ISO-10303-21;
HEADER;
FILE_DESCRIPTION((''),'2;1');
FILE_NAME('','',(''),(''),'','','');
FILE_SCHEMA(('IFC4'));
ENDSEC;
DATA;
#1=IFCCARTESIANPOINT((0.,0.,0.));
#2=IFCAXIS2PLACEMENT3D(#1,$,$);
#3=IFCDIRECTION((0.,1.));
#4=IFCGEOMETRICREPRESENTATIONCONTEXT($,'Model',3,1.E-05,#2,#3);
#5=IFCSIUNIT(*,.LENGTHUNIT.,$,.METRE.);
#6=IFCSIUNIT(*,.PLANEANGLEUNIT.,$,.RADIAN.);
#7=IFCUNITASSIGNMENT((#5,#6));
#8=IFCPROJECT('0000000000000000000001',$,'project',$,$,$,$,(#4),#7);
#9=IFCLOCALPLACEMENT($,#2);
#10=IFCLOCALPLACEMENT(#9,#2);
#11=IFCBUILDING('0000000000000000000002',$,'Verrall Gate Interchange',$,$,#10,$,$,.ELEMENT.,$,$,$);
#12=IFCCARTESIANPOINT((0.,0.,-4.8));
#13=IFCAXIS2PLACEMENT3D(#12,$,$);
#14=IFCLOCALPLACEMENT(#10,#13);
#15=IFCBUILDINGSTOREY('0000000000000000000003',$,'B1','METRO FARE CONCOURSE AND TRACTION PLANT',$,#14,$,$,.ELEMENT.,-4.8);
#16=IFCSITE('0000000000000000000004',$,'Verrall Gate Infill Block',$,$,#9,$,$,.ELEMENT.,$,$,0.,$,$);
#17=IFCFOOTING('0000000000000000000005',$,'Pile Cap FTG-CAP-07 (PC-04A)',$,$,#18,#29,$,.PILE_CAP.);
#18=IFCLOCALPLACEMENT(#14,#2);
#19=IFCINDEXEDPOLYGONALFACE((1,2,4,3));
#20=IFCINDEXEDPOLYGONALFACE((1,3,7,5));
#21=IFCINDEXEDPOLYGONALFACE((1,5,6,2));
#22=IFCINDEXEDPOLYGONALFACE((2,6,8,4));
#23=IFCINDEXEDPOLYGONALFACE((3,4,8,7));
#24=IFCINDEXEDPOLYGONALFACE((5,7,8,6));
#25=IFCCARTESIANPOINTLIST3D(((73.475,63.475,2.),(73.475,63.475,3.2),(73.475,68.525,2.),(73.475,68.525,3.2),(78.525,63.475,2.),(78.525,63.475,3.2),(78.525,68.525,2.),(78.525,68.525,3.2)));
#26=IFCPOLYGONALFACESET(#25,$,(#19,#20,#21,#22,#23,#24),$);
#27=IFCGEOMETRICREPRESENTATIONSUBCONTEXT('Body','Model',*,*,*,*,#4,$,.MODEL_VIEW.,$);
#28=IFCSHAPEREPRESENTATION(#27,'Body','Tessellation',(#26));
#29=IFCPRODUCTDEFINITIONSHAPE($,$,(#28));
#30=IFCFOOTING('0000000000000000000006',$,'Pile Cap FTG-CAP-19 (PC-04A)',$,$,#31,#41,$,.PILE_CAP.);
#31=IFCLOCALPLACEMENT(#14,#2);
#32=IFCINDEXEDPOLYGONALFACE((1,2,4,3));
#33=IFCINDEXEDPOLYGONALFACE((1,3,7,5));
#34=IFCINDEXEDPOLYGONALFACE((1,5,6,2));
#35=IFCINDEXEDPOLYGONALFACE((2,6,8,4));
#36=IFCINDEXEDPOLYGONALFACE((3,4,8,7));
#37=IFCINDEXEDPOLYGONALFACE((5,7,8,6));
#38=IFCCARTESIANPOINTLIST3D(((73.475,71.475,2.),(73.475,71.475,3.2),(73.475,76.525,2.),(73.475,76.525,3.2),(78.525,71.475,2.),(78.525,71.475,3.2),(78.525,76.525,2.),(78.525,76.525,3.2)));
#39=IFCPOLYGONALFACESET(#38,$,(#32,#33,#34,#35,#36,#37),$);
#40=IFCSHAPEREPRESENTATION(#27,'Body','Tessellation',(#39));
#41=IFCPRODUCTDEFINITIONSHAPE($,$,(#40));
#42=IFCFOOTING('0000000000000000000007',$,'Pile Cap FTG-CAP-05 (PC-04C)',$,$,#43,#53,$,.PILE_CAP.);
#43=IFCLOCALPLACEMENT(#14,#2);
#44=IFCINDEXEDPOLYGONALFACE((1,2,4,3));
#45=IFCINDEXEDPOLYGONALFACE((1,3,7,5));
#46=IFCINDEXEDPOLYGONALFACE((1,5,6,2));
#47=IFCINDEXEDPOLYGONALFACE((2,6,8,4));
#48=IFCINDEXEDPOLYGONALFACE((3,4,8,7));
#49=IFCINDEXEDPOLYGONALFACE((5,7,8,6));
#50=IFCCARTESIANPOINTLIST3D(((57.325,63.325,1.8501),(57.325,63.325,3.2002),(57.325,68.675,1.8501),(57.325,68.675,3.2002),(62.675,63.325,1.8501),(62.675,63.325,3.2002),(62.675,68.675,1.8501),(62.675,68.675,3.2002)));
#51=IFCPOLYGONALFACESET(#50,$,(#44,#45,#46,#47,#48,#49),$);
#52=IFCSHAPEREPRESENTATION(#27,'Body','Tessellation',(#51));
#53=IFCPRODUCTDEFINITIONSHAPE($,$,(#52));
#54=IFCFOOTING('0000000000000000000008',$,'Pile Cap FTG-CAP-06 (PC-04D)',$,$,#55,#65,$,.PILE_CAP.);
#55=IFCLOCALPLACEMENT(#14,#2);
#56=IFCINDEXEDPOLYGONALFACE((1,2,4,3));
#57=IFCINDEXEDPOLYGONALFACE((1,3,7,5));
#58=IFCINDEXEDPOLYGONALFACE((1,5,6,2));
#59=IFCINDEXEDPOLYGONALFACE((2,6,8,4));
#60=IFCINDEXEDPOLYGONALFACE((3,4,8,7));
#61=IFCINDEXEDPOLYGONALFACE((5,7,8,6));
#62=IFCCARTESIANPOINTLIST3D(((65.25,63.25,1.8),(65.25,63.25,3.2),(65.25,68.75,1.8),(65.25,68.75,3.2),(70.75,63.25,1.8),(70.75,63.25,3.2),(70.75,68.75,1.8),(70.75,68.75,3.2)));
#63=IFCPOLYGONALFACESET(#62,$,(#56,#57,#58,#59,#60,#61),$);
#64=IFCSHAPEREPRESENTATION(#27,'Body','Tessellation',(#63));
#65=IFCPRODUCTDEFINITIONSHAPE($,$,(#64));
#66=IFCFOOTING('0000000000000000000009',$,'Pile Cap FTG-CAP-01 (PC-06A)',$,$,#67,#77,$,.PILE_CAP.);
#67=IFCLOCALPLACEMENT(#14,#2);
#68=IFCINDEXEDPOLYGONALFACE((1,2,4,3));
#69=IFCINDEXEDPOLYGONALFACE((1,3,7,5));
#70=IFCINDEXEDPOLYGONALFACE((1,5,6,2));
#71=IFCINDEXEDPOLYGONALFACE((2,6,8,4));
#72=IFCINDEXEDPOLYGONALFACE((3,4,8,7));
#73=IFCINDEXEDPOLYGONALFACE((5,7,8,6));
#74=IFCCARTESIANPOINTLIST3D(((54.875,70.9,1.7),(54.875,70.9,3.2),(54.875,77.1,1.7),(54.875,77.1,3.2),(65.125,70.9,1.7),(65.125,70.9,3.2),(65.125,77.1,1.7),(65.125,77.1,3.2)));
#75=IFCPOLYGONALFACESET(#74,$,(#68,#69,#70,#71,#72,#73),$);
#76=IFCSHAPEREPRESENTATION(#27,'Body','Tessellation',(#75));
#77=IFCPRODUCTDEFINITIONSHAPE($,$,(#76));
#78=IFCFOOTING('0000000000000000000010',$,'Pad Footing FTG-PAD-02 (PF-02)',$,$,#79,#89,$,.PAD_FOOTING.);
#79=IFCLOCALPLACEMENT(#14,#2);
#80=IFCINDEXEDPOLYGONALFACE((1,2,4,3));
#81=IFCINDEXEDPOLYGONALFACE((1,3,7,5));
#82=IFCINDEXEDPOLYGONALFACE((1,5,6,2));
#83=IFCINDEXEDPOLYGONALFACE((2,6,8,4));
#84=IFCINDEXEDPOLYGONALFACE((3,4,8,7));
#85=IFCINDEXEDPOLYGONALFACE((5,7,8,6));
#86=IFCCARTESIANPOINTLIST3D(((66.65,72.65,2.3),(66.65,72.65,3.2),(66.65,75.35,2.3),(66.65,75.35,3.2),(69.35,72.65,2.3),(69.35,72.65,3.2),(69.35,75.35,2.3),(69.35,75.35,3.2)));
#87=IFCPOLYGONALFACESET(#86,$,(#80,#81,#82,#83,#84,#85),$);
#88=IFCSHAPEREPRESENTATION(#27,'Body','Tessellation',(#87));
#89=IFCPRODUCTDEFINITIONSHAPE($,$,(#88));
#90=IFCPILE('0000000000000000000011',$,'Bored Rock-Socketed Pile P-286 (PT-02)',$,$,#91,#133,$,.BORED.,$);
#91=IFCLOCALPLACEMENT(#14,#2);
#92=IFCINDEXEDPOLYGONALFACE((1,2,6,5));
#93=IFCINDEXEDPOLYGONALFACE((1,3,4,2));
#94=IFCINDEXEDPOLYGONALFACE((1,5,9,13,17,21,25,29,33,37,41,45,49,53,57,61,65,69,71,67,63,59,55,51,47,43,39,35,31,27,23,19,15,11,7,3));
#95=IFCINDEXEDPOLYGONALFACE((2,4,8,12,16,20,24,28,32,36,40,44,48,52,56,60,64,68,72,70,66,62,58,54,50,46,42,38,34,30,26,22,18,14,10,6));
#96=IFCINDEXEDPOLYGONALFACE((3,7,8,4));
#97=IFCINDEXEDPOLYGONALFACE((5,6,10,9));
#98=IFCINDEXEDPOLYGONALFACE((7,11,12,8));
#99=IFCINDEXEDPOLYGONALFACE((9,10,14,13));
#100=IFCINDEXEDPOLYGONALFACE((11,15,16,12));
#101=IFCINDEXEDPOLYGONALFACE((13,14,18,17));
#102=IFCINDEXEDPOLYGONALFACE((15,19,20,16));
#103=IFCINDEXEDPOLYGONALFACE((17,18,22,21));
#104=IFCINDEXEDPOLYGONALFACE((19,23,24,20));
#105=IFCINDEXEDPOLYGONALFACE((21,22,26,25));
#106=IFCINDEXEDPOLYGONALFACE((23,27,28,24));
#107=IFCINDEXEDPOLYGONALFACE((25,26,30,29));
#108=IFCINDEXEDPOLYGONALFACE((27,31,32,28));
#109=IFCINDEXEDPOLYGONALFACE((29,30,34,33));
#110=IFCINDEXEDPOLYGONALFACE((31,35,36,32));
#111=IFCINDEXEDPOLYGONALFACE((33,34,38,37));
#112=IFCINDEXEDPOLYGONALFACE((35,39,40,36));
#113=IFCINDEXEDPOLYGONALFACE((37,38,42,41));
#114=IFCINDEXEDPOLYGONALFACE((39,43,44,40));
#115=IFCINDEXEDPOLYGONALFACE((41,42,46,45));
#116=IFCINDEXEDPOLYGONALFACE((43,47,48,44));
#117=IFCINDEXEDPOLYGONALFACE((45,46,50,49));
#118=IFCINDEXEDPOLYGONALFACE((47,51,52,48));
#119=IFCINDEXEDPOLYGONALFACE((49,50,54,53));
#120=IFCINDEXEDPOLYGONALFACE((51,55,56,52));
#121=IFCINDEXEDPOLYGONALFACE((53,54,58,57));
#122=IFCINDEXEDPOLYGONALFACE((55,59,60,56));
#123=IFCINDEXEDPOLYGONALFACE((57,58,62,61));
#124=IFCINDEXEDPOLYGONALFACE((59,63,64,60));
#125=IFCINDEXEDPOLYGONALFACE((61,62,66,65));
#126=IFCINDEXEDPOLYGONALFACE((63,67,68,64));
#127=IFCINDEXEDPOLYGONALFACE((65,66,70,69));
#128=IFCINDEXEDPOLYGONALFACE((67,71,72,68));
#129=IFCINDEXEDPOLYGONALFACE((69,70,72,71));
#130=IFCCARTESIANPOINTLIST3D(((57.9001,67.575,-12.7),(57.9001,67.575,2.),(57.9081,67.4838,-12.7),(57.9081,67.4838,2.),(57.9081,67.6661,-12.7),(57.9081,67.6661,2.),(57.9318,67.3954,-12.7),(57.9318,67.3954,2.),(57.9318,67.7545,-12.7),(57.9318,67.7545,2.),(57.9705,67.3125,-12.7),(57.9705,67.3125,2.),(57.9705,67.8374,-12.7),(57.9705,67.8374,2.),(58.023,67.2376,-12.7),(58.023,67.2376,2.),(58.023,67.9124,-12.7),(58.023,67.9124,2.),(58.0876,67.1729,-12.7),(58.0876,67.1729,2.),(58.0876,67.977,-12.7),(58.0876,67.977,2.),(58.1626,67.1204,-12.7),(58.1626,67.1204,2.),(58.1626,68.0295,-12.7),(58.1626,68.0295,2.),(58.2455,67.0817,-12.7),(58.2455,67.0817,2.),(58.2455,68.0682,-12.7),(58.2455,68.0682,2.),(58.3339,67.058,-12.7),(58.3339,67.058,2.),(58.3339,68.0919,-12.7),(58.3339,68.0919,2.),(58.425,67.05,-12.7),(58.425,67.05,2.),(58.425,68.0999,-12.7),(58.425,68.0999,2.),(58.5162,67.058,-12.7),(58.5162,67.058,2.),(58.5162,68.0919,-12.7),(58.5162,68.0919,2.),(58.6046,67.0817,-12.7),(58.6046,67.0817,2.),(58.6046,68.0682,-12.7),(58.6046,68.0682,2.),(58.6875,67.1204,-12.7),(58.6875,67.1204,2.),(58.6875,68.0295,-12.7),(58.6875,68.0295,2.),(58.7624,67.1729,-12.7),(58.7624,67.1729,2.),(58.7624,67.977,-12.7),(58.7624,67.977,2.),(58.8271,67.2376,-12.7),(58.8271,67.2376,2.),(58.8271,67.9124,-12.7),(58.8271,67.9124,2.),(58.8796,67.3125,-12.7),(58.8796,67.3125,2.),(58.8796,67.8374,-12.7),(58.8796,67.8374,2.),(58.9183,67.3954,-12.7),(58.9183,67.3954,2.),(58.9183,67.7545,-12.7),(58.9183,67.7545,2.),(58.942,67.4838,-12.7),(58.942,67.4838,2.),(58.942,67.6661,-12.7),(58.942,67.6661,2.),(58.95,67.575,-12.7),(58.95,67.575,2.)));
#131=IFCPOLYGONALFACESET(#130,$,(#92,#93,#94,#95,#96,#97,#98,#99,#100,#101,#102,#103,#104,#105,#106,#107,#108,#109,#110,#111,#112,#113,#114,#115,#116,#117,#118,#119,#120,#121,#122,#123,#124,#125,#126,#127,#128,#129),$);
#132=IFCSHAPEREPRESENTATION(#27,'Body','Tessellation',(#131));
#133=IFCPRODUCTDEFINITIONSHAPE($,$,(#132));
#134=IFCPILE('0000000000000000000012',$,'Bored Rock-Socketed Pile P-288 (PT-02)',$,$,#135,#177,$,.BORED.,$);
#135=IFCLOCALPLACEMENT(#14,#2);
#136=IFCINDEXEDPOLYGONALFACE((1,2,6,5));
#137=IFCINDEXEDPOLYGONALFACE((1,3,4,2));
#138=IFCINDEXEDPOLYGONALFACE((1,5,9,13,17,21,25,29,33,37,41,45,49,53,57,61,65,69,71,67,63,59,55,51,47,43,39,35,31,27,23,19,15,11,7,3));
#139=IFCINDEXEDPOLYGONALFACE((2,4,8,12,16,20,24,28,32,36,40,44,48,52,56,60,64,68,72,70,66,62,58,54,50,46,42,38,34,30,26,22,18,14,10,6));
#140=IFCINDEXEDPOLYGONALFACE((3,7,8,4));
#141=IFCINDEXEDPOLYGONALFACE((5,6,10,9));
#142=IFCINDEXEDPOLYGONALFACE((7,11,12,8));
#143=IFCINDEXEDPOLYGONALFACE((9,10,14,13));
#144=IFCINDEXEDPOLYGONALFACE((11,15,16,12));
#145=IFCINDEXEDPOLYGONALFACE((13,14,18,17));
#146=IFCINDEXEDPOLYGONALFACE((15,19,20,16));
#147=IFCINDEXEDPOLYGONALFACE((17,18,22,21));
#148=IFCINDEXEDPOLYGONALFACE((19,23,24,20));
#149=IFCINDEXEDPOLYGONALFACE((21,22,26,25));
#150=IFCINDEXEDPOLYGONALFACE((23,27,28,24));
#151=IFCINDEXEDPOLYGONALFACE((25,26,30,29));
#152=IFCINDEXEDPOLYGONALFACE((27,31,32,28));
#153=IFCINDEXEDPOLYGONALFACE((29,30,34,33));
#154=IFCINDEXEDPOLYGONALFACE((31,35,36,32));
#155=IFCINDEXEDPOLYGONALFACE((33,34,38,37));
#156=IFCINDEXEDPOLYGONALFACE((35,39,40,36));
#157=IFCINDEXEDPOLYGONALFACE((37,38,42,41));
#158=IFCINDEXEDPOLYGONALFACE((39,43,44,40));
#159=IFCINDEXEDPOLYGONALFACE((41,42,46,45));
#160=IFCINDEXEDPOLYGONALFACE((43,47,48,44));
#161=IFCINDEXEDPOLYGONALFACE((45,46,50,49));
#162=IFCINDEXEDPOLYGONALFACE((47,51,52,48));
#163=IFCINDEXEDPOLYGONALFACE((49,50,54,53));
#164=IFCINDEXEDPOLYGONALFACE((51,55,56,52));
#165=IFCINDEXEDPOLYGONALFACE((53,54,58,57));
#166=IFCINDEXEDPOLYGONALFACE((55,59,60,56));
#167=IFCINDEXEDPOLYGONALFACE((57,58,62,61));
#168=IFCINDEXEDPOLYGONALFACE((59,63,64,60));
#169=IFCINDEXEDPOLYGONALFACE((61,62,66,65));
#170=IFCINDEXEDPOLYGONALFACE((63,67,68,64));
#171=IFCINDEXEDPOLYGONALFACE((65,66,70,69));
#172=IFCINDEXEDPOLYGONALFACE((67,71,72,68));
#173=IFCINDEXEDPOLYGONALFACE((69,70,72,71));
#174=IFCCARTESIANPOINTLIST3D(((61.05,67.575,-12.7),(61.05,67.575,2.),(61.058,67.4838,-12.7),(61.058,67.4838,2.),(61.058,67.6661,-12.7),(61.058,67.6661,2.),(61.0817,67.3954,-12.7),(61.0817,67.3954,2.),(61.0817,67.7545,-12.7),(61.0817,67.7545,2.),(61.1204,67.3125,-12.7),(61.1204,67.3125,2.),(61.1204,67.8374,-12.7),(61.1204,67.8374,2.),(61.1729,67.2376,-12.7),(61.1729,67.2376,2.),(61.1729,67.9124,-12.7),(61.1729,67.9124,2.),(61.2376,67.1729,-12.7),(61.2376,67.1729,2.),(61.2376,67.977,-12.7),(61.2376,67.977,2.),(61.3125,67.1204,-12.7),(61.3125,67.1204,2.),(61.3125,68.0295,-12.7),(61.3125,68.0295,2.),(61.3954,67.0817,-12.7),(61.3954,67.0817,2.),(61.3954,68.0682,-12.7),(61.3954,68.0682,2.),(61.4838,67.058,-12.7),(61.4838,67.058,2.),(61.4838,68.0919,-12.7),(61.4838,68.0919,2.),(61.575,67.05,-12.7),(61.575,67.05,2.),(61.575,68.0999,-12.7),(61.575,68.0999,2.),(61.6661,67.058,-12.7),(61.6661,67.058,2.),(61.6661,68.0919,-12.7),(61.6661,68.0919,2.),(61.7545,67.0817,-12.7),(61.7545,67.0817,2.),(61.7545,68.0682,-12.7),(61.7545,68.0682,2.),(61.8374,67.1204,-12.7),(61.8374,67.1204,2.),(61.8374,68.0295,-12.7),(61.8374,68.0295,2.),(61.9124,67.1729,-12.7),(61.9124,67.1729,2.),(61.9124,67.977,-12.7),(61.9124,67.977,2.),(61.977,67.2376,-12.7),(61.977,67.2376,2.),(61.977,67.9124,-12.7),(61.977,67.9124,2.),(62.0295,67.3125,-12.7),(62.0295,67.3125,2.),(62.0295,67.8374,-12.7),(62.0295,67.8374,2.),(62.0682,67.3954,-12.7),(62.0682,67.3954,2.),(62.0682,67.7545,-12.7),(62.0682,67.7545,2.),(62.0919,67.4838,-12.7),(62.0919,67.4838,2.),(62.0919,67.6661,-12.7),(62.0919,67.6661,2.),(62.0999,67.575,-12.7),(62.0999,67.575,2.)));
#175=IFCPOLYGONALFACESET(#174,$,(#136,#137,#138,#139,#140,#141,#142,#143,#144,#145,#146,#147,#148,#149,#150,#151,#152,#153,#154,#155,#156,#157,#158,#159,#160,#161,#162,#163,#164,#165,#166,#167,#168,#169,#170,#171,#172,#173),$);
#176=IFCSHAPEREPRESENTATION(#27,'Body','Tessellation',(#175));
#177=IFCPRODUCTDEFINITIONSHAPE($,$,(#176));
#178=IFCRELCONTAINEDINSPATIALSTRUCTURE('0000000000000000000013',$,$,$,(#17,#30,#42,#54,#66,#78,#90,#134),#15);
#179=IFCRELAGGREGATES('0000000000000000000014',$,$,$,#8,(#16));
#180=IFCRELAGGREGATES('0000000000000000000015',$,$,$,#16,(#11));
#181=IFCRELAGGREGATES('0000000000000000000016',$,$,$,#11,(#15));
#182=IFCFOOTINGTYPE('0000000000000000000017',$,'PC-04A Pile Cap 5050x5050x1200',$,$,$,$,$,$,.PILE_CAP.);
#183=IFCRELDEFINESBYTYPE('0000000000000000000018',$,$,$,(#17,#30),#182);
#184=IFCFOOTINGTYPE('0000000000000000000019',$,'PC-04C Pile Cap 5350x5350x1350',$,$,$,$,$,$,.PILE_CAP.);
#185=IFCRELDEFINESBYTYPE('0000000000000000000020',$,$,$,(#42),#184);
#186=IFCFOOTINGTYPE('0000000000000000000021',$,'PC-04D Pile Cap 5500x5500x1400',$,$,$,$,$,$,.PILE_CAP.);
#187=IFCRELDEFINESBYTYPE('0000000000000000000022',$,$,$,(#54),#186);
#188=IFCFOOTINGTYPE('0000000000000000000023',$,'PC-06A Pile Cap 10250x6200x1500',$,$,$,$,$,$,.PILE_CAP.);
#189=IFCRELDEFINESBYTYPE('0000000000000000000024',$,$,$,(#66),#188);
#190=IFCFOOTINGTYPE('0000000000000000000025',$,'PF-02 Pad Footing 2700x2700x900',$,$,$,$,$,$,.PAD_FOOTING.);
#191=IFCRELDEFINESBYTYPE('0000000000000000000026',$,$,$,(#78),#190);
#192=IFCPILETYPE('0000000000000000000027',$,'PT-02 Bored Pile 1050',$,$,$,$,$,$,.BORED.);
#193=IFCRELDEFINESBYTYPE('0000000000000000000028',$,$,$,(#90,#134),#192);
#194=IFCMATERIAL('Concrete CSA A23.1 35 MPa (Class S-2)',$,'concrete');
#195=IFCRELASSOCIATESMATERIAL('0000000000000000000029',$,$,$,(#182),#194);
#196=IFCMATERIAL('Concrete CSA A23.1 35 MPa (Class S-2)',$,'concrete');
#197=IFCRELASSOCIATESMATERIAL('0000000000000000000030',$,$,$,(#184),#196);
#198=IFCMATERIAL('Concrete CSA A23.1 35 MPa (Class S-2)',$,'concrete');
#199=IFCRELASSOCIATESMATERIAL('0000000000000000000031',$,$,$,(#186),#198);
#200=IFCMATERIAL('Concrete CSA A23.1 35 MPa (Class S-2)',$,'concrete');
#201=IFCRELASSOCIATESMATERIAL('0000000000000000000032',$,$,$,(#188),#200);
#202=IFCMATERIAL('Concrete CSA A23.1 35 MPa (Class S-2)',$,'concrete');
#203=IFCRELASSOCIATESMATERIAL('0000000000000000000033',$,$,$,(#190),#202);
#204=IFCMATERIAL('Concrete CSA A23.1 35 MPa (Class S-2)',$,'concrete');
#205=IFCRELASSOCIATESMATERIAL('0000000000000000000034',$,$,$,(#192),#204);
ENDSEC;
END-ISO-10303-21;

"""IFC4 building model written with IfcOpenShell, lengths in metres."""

from ifc_helpers import new_model, si_unit, direction, frame, origin, origin_2d, place, context, subcontext, project, spatial, rectangle, circle, extrude, material, material_profile, profile_set, type_object, element, save


model = new_model("IFC4")

# Units and contexts
model_context = context("Model", 3, precision=1e-05, world=origin(), true_north=direction((0.0, 1.0)))
body_context = subcontext(model_context, "Body", "Model", "MODEL_VIEW")
ifc_project = project(units=[si_unit("LENGTHUNIT", "METRE"), si_unit("PLANEANGLEUNIT", "RADIAN")], contexts=[model_context])

# Site, building, storey
site_placement = place(None, origin())
site = spatial("IfcSite", under=ifc_project, at=site_placement, Name="Verrall Gate Infill Block", CompositionType="ELEMENT", RefElevation=0.0)
building_placement = place(site_placement, origin())
building = spatial("IfcBuilding", under=site, at=building_placement, Name="Verrall Gate Interchange", CompositionType="ELEMENT")
storey_placement = place(building_placement, frame((0.0, 0.0, -4.8)))
storey = spatial("IfcBuildingStorey", under=building, at=storey_placement, Name="B1", Description="METRO FARE CONCOURSE AND TRACTION PLANT", CompositionType="ELEMENT", Elevation=-4.8)

# Footings
ifc_material_1 = material(Name="Concrete CSA A23.1 35 MPa (Class S-2)", Category="concrete")
footing_type_1 = type_object("IfcFootingType", Name="PC-04A Pile Cap 5050x5050x1200", PredefinedType="PILE_CAP", material=ifc_material_1)
for number, where, z_axis, x_axis, name in (
    (1, (76.0, 66.0, 2.0), (0.0, 0.0, 1.0), (1.0, 0.0, 0.0), "Pile Cap FTG-CAP-07 (PC-04A)"),
    (2, (76.0, 74.0, 2.0), (0.0, 0.0, 1.0), (1.0, 0.0, 0.0), "Pile Cap FTG-CAP-19 (PC-04A)"),
):
    element("IfcFooting", number, at=place(storey_placement, frame(where, z_axis=z_axis, x_axis=x_axis)), inside=storey, type_object=footing_type_1, Name=name, PredefinedType="PILE_CAP", context=body_context, shape_type="SweptSolid", body=[
        extrude(rectangle(XDim=5.05, YDim=5.05, at=origin_2d()), origin(), (0.0, 0.0, 1.0), 1.2),
    ])
ifc_material_2 = material(Name="Concrete CSA A23.1 35 MPa (Class S-2)", Category="concrete")
footing_type_2 = type_object("IfcFootingType", Name="PC-04C Pile Cap 5350x5350x1350", PredefinedType="PILE_CAP", material=ifc_material_2)
footing_1_placement = place(storey_placement, frame((60.0, 66.0, 1.8501), z_axis=(0.0, 0.0, 1.0), x_axis=(1.0, 0.0, 0.0)))
element("IfcFooting", 3, at=footing_1_placement, inside=storey, type_object=footing_type_2, Name="Pile Cap FTG-CAP-05 (PC-04C)", PredefinedType="PILE_CAP", context=body_context, shape_type="SweptSolid", body=[
    extrude(rectangle(XDim=5.3501, YDim=5.3501, at=origin_2d()), origin(), (0.0, 0.0, 1.0), 1.3501),
])
ifc_material_3 = material(Name="Concrete CSA A23.1 35 MPa (Class S-2)", Category="concrete")
footing_type_3 = type_object("IfcFootingType", Name="PC-04D Pile Cap 5500x5500x1400", PredefinedType="PILE_CAP", material=ifc_material_3)
footing_2_placement = place(storey_placement, frame((68.0, 66.0, 1.8), z_axis=(0.0, 0.0, 1.0), x_axis=(1.0, 0.0, 0.0)))
element("IfcFooting", 4, at=footing_2_placement, inside=storey, type_object=footing_type_3, Name="Pile Cap FTG-CAP-06 (PC-04D)", PredefinedType="PILE_CAP", context=body_context, shape_type="SweptSolid", body=[
    extrude(rectangle(XDim=5.5, YDim=5.5, at=origin_2d()), origin(), (0.0, 0.0, 1.0), 1.3999),
])
ifc_material_4 = material(Name="Concrete CSA A23.1 35 MPa (Class S-2)", Category="concrete")
footing_type_4 = type_object("IfcFootingType", Name="PC-06A Pile Cap 10250x6200x1500", PredefinedType="PILE_CAP", material=ifc_material_4)
footing_3_placement = place(storey_placement, frame((60.0, 74.0, 1.7), z_axis=(0.0, 0.0, 1.0), x_axis=(1.0, 0.0, 0.0)))
element("IfcFooting", 5, at=footing_3_placement, inside=storey, type_object=footing_type_4, Name="Pile Cap FTG-CAP-01 (PC-06A)", PredefinedType="PILE_CAP", context=body_context, shape_type="SweptSolid", body=[
    extrude(rectangle(XDim=10.25, YDim=6.2, at=origin_2d()), origin(), (0.0, 0.0, 1.0), 1.5),
])
ifc_material_5 = material(Name="Concrete CSA A23.1 35 MPa (Class S-2)", Category="concrete")
footing_type_5 = type_object("IfcFootingType", Name="PF-02 Pad Footing 2700x2700x900", PredefinedType="PAD_FOOTING", material=ifc_material_5)
footing_4_placement = place(storey_placement, frame((68.0, 74.0, 2.3), z_axis=(0.0, 0.0, 1.0), x_axis=(1.0, 0.0, 0.0)))
element("IfcFooting", 6, at=footing_4_placement, inside=storey, type_object=footing_type_5, Name="Pad Footing FTG-PAD-02 (PF-02)", PredefinedType="PAD_FOOTING", context=body_context, shape_type="SweptSolid", body=[
    extrude(rectangle(XDim=2.7, YDim=2.7, at=origin_2d()), origin(), (0.0, 0.0, 1.0), 0.8999),
])

# Piles
ifc_material_6 = material(Name="Concrete CSA A23.1 35 MPa (Class S-2)", Category="concrete")
ifc_material_profile_1 = material_profile(ifc_material_6, circle(Radius=0.5249, at=origin_2d()), Name="PILE1050D")
ifc_profile_set_1 = profile_set([ifc_material_profile_1], Name="Concrete CSA A23.1 35 MPa (Class S-2)")
pile_type_1 = type_object("IfcPileType", Name="PT-02 Bored Pile 1050", PredefinedType="BORED", material=ifc_profile_set_1)
for number, where, z_axis, x_axis, name in (
    (7, (58.425, 67.575, 2.0), (0.0, 0.0, -1.0), (1.0, 0.0, 0.0), "Bored Rock-Socketed Pile P-286 (PT-02)"),
    (8, (61.575, 67.575, 2.0), (0.0, 0.0, -1.0), (1.0, 0.0, 0.0), "Bored Rock-Socketed Pile P-288 (PT-02)"),
):
    element("IfcPile", number, at=place(storey_placement, frame(where, z_axis=z_axis, x_axis=x_axis)), inside=storey, type_object=pile_type_1, Name=name, PredefinedType="BORED", context=body_context, shape_type="SweptSolid", body=[
        extrude(circle(Radius=0.5249, at=origin_2d()), origin(), (0.0, 0.0, 1.0), 14.7),
    ])

save(model, "model.ifc")
